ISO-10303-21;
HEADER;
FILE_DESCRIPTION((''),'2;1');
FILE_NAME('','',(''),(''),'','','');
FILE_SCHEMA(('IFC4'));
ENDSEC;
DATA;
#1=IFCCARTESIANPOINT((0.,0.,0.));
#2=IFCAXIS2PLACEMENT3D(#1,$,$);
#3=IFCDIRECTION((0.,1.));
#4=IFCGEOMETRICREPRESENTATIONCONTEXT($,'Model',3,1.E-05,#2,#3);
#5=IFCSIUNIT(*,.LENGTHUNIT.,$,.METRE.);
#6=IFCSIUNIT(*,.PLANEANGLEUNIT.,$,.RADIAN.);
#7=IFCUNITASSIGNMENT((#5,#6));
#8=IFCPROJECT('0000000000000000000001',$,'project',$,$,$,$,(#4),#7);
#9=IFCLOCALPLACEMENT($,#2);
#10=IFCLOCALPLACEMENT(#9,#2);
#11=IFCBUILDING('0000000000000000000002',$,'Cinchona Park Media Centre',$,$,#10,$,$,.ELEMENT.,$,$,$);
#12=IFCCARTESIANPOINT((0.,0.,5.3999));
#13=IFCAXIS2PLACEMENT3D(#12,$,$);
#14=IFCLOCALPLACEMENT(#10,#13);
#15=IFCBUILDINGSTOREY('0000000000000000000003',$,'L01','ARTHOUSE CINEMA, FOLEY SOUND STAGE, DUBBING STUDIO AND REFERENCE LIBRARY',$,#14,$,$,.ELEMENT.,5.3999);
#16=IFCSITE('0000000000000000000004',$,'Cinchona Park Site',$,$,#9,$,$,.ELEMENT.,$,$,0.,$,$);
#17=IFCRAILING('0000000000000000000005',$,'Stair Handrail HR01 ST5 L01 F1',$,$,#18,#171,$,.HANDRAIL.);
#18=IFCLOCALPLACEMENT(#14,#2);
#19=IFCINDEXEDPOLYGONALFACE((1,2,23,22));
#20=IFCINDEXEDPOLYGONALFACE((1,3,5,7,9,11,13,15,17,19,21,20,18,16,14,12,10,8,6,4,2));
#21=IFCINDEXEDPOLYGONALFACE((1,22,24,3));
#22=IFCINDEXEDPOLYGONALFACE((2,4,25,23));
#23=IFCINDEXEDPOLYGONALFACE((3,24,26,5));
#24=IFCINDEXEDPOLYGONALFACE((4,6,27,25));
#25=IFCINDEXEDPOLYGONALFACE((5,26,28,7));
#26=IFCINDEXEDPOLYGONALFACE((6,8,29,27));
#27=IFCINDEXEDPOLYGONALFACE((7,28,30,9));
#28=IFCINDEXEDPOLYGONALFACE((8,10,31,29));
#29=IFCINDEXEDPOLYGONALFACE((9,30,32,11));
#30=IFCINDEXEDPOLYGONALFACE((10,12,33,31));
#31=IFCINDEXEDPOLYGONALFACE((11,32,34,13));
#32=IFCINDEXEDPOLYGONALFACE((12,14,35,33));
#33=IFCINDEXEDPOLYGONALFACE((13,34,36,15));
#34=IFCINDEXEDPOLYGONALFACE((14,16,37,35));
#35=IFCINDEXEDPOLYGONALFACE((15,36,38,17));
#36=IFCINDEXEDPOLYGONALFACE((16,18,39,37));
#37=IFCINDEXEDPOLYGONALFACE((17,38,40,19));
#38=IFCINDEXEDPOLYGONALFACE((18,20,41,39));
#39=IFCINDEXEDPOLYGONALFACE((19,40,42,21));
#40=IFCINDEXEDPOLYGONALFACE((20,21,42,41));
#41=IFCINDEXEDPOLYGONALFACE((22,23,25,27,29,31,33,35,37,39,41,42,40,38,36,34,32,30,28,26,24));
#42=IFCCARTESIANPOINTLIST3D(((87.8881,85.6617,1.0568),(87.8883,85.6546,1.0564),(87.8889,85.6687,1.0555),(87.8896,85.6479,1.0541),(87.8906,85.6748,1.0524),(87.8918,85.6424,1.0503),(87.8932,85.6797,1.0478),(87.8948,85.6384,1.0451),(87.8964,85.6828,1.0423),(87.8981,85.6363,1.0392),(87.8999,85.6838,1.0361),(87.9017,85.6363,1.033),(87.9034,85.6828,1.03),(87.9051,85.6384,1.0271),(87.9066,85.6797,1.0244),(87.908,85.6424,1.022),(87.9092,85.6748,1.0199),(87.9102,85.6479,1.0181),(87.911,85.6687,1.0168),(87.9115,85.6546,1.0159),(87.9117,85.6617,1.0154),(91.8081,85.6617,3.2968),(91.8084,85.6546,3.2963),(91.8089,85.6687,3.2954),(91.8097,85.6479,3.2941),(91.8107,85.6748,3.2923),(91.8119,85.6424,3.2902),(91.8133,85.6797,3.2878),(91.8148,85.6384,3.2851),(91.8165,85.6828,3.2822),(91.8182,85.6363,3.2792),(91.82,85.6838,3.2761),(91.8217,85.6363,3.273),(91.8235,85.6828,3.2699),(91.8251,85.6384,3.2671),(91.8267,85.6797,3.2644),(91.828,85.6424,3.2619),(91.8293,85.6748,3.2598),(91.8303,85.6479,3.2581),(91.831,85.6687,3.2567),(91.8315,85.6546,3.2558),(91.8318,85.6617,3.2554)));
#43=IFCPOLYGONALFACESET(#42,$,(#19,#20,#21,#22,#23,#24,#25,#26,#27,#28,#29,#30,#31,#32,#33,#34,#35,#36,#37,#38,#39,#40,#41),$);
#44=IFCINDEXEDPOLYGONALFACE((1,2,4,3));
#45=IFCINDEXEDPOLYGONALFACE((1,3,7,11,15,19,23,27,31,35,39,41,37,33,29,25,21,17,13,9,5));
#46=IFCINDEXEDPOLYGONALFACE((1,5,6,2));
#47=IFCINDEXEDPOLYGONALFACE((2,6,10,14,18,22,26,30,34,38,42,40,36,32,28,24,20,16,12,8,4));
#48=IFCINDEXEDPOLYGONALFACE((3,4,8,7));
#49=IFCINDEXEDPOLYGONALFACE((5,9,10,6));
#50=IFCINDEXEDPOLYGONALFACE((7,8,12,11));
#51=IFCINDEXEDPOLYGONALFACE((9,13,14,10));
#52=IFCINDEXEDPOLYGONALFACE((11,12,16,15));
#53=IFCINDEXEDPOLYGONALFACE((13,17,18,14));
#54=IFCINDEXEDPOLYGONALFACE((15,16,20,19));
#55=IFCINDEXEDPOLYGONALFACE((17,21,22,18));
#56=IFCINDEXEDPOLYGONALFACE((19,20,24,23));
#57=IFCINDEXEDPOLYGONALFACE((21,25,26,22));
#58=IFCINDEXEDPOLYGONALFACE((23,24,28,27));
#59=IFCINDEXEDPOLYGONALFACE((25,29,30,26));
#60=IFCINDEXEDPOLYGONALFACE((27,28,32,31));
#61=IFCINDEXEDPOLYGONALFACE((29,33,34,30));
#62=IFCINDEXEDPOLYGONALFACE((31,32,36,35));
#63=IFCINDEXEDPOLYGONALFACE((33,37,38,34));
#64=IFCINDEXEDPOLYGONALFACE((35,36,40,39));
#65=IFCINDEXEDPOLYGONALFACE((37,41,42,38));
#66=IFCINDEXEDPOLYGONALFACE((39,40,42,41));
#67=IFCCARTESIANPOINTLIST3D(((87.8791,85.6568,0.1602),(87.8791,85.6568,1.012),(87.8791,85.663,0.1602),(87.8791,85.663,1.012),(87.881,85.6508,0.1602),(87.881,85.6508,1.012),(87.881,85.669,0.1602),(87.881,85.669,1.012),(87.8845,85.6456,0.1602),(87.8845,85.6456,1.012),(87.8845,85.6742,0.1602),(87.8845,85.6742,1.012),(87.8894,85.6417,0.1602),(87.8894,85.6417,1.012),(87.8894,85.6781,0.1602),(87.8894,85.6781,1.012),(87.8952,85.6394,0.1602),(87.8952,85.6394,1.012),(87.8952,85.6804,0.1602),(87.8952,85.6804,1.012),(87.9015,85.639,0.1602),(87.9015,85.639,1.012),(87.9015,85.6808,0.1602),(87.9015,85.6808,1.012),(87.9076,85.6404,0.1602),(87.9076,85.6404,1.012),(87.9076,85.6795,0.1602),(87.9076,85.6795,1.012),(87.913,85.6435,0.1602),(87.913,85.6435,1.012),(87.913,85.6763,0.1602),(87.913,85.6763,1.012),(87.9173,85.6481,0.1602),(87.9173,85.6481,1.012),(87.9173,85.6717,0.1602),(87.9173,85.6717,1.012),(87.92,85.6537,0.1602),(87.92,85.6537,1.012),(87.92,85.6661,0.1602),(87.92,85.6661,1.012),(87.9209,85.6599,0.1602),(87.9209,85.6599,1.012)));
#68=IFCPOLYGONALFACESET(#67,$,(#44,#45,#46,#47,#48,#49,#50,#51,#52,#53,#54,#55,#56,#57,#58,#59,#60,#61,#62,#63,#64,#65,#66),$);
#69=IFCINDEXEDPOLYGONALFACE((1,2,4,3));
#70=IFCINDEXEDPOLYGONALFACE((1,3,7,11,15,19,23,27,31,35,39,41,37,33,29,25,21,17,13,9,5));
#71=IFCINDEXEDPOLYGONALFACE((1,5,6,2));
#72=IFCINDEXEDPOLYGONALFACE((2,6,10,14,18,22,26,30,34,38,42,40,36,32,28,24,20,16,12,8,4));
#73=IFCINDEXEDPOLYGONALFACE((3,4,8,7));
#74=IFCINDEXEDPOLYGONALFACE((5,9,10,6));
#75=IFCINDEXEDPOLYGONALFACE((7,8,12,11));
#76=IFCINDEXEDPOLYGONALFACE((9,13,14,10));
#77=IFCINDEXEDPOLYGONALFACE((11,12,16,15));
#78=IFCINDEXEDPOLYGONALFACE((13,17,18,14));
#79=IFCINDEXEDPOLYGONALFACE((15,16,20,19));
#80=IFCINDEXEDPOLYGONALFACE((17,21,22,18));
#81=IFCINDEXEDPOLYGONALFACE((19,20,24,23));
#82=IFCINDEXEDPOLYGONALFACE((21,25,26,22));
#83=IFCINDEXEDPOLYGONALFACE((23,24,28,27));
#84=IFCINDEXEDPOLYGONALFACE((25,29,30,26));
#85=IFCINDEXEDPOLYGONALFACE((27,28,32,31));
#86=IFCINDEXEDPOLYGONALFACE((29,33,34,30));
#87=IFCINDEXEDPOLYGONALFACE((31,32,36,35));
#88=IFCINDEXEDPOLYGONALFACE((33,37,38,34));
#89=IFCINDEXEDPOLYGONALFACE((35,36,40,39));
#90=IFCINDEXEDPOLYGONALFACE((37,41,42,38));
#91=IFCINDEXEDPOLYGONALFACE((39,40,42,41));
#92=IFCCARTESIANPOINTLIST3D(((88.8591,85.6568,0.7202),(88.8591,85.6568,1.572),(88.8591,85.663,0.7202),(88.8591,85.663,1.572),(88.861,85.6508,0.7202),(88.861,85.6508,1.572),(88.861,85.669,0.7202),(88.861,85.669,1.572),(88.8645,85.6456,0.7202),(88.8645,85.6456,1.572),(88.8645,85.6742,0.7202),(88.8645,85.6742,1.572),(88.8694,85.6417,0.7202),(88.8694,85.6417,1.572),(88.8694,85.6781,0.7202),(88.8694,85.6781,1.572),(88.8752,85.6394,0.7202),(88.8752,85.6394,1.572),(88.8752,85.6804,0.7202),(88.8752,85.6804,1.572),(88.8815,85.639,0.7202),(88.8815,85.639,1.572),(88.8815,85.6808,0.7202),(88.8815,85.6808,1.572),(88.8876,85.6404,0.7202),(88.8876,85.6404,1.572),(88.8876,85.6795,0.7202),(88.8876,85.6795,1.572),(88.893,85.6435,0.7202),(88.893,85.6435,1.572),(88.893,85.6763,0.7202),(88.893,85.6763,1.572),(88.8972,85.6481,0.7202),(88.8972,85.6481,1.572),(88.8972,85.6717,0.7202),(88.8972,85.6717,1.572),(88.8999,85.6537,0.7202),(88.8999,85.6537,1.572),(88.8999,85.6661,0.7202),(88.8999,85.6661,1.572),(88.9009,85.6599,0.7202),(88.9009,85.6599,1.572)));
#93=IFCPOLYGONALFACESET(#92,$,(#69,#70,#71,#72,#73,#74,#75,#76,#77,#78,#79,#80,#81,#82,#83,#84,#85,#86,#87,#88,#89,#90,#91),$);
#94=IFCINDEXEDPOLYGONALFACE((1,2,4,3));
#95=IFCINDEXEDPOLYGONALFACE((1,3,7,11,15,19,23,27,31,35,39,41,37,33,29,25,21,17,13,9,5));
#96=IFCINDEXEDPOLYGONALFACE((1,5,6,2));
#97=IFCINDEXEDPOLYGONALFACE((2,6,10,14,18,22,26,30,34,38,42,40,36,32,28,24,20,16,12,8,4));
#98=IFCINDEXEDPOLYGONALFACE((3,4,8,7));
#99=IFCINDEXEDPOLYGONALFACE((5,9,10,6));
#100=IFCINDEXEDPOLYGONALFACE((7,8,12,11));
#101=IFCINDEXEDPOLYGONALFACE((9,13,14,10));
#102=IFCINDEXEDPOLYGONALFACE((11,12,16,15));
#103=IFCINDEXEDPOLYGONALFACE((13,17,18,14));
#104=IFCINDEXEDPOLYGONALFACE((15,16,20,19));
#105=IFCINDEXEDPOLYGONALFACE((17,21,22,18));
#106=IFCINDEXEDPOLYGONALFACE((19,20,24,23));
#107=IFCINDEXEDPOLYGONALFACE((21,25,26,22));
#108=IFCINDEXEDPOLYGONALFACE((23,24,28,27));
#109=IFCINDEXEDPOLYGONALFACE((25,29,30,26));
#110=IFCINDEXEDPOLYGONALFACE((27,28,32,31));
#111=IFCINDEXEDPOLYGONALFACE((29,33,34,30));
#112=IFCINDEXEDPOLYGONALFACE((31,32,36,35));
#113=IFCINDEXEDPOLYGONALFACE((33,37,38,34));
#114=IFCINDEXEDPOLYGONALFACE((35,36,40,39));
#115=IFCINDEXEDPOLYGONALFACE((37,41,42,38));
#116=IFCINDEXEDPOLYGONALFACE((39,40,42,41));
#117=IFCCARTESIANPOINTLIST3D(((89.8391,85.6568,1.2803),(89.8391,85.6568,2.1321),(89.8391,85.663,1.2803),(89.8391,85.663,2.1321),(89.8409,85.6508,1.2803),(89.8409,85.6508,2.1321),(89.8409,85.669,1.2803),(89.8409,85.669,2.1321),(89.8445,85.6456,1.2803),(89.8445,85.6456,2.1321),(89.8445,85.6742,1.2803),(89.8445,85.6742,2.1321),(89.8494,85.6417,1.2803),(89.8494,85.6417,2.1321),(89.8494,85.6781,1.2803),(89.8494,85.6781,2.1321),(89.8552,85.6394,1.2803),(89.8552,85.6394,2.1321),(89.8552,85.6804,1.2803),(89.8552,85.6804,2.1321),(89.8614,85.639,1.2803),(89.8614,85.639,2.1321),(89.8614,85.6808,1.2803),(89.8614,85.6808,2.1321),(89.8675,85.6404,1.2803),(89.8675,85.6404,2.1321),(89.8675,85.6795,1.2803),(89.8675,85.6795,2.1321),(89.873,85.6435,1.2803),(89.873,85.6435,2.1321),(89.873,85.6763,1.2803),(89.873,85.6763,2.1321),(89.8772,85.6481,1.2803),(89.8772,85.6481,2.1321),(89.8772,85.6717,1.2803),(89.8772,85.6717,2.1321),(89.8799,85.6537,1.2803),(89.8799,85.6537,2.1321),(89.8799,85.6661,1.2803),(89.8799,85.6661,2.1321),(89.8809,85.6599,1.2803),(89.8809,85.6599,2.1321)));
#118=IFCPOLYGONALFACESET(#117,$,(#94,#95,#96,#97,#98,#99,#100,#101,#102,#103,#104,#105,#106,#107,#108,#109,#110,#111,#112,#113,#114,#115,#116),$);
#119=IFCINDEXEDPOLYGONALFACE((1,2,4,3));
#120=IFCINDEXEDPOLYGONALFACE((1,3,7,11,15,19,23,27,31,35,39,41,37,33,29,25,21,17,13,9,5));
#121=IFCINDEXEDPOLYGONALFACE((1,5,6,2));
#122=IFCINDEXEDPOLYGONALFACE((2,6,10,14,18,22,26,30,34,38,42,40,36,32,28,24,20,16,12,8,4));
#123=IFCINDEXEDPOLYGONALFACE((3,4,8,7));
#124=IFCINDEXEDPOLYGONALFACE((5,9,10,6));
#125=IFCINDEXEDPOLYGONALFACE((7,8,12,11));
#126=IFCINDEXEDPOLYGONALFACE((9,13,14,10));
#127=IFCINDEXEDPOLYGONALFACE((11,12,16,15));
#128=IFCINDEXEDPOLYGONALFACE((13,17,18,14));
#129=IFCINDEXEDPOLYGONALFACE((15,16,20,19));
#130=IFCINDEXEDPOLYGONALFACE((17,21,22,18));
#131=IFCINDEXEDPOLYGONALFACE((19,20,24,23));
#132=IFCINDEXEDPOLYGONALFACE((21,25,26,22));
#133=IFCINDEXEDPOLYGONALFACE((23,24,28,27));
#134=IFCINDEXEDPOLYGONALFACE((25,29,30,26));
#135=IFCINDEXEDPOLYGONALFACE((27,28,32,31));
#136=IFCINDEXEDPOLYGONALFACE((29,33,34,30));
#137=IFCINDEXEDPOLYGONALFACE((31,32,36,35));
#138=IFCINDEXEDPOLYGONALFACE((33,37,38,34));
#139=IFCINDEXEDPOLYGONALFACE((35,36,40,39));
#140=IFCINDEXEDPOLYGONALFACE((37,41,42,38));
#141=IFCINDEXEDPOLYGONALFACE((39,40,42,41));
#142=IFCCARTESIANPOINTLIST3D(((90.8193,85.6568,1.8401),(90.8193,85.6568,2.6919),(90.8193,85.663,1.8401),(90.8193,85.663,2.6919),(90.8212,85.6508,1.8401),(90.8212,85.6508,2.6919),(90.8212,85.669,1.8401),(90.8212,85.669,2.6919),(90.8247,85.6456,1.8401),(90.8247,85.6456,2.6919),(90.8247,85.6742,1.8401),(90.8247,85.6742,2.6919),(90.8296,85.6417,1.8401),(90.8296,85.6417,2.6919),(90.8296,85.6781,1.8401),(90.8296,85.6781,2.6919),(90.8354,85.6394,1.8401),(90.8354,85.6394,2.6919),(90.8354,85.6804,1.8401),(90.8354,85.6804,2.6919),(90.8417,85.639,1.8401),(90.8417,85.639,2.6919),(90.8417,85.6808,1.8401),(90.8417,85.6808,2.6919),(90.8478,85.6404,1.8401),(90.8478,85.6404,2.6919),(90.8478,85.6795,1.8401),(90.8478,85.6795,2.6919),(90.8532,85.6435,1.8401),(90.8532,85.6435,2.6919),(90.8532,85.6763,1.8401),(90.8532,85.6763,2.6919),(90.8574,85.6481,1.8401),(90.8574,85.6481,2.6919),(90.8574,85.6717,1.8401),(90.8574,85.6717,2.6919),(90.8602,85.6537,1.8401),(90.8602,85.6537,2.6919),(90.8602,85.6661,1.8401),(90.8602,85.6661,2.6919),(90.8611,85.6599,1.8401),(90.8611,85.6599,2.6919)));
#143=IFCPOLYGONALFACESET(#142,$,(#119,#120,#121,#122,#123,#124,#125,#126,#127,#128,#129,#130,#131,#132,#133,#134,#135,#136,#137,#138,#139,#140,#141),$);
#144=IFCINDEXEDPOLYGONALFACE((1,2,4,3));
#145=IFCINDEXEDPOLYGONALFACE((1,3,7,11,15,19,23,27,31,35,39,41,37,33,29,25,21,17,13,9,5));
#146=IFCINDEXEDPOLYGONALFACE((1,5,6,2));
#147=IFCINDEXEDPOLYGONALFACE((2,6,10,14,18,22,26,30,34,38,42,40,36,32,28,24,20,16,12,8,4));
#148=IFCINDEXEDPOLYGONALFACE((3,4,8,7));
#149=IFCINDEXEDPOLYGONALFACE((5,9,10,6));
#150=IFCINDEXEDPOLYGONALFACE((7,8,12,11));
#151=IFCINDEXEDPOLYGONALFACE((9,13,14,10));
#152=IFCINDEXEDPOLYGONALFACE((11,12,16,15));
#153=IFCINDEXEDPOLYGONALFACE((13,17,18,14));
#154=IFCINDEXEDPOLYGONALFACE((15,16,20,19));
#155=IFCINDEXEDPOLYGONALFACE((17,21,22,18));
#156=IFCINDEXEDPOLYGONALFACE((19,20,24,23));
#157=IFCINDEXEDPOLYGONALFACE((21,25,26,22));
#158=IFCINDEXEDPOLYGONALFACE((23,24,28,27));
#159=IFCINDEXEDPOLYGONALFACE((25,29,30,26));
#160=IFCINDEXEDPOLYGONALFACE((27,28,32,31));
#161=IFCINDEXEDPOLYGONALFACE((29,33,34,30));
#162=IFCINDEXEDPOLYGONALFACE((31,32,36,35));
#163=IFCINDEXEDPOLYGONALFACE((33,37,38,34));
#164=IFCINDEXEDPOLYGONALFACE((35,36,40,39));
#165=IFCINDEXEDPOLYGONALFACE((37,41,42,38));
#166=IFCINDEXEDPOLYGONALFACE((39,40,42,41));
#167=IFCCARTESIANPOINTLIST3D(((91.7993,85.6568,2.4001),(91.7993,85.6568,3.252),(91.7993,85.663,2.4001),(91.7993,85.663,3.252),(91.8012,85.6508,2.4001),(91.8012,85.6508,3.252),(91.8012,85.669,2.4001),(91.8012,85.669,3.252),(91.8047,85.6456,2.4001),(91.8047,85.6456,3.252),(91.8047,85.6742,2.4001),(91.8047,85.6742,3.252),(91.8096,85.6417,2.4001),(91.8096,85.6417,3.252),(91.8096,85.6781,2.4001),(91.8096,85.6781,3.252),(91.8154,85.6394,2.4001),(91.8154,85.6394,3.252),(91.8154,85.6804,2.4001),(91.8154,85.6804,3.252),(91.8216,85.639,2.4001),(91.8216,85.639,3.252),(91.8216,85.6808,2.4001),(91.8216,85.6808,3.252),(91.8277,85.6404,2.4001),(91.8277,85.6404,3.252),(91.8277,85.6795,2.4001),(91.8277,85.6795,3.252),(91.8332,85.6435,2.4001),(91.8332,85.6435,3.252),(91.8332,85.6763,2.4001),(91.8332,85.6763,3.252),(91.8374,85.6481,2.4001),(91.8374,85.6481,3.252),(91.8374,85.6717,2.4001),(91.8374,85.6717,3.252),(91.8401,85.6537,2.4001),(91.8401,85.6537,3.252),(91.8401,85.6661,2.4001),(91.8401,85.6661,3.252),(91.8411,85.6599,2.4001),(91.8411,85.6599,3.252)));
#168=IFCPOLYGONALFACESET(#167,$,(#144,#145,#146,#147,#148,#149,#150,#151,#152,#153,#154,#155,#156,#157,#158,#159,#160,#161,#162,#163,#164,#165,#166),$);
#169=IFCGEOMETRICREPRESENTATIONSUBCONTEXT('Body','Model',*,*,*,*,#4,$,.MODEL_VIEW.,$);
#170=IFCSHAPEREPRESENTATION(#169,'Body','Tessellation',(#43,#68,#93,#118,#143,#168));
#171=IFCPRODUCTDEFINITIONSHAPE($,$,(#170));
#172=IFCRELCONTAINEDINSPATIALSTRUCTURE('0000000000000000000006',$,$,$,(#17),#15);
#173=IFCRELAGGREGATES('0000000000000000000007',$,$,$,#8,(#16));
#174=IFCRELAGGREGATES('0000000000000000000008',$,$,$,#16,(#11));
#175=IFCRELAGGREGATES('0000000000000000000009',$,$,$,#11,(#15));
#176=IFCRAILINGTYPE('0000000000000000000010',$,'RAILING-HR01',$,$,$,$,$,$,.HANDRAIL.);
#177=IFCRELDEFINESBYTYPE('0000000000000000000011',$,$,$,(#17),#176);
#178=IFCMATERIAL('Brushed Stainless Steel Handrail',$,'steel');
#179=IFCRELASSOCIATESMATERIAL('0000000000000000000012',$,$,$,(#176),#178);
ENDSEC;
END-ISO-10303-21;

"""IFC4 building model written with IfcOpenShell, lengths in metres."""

from ifc_helpers import new_model, si_unit, direction, frame, origin, origin_2d, place, context, subcontext, project, spatial, circle, extrude, material, type_object, element, save


model = new_model("IFC4")

# Units and contexts
model_context = context("Model", 3, precision=1e-05, world=origin(), true_north=direction((0.0, 1.0)))
body_context = subcontext(model_context, "Body", "Model", "MODEL_VIEW")
ifc_project = project(units=[si_unit("LENGTHUNIT", "METRE"), si_unit("PLANEANGLEUNIT", "RADIAN")], contexts=[model_context])

# Site, building, storey
site_placement = place(None, origin())
site = spatial("IfcSite", under=ifc_project, at=site_placement, Name="Cinchona Park Site", CompositionType="ELEMENT", RefElevation=0.0)
building_placement = place(site_placement, origin())
building = spatial("IfcBuilding", under=site, at=building_placement, Name="Cinchona Park Media Centre", CompositionType="ELEMENT")
storey_placement = place(building_placement, frame((0.0, 0.0, 5.3999)))
storey = spatial("IfcBuildingStorey", under=building, at=storey_placement, Name="L01", Description="ARTHOUSE CINEMA, FOLEY SOUND STAGE, DUBBING STUDIO AND REFERENCE LIBRARY", CompositionType="ELEMENT", Elevation=5.3999)

# Railing
ifc_material_1 = material(Name="Brushed Stainless Steel Handrail", Category="steel")
railing_type_1 = type_object("IfcRailingType", Name="RAILING-HR01", PredefinedType="HANDRAIL", material=ifc_material_1)
railing_1_placement = place(storey_placement, frame((87.8999, 85.6599, 0.1602)))
element("IfcRailing", 1, at=railing_1_placement, inside=storey, type_object=railing_type_1, Name="Stair Handrail HR01 ST5 L01 F1", PredefinedType="HANDRAIL", context=body_context, shape_type="SweptSolid", body=[
    extrude(circle(Radius=0.0239, at=origin_2d()), frame((0.0, 0.0, 0.876), z_axis=(0.868253, 0.0, 0.496121), x_axis=(0.0, 1.0, 0.0)), (0.0, 0.0, 1.0), 4.5149),
    extrude(circle(Radius=0.021, at=origin_2d()), origin(), (0.0, 0.0, 1.0), 0.8518),
    extrude(circle(Radius=0.021, at=origin_2d()), frame((0.98, 0.0, 0.5601)), (0.0, 0.0, 1.0), 0.8518),
    extrude(circle(Radius=0.021, at=origin_2d()), frame((1.96, 0.0, 1.1201)), (0.0, 0.0, 1.0), 0.8518),
    extrude(circle(Radius=0.021, at=origin_2d()), frame((2.9402, 0.0, 1.6799)), (0.0, 0.0, 1.0), 0.8518),
    extrude(circle(Radius=0.021, at=origin_2d()), frame((3.9202, 0.0, 2.24)), (0.0, 0.0, 1.0), 0.8518),
])

save(model, "model.ifc")
